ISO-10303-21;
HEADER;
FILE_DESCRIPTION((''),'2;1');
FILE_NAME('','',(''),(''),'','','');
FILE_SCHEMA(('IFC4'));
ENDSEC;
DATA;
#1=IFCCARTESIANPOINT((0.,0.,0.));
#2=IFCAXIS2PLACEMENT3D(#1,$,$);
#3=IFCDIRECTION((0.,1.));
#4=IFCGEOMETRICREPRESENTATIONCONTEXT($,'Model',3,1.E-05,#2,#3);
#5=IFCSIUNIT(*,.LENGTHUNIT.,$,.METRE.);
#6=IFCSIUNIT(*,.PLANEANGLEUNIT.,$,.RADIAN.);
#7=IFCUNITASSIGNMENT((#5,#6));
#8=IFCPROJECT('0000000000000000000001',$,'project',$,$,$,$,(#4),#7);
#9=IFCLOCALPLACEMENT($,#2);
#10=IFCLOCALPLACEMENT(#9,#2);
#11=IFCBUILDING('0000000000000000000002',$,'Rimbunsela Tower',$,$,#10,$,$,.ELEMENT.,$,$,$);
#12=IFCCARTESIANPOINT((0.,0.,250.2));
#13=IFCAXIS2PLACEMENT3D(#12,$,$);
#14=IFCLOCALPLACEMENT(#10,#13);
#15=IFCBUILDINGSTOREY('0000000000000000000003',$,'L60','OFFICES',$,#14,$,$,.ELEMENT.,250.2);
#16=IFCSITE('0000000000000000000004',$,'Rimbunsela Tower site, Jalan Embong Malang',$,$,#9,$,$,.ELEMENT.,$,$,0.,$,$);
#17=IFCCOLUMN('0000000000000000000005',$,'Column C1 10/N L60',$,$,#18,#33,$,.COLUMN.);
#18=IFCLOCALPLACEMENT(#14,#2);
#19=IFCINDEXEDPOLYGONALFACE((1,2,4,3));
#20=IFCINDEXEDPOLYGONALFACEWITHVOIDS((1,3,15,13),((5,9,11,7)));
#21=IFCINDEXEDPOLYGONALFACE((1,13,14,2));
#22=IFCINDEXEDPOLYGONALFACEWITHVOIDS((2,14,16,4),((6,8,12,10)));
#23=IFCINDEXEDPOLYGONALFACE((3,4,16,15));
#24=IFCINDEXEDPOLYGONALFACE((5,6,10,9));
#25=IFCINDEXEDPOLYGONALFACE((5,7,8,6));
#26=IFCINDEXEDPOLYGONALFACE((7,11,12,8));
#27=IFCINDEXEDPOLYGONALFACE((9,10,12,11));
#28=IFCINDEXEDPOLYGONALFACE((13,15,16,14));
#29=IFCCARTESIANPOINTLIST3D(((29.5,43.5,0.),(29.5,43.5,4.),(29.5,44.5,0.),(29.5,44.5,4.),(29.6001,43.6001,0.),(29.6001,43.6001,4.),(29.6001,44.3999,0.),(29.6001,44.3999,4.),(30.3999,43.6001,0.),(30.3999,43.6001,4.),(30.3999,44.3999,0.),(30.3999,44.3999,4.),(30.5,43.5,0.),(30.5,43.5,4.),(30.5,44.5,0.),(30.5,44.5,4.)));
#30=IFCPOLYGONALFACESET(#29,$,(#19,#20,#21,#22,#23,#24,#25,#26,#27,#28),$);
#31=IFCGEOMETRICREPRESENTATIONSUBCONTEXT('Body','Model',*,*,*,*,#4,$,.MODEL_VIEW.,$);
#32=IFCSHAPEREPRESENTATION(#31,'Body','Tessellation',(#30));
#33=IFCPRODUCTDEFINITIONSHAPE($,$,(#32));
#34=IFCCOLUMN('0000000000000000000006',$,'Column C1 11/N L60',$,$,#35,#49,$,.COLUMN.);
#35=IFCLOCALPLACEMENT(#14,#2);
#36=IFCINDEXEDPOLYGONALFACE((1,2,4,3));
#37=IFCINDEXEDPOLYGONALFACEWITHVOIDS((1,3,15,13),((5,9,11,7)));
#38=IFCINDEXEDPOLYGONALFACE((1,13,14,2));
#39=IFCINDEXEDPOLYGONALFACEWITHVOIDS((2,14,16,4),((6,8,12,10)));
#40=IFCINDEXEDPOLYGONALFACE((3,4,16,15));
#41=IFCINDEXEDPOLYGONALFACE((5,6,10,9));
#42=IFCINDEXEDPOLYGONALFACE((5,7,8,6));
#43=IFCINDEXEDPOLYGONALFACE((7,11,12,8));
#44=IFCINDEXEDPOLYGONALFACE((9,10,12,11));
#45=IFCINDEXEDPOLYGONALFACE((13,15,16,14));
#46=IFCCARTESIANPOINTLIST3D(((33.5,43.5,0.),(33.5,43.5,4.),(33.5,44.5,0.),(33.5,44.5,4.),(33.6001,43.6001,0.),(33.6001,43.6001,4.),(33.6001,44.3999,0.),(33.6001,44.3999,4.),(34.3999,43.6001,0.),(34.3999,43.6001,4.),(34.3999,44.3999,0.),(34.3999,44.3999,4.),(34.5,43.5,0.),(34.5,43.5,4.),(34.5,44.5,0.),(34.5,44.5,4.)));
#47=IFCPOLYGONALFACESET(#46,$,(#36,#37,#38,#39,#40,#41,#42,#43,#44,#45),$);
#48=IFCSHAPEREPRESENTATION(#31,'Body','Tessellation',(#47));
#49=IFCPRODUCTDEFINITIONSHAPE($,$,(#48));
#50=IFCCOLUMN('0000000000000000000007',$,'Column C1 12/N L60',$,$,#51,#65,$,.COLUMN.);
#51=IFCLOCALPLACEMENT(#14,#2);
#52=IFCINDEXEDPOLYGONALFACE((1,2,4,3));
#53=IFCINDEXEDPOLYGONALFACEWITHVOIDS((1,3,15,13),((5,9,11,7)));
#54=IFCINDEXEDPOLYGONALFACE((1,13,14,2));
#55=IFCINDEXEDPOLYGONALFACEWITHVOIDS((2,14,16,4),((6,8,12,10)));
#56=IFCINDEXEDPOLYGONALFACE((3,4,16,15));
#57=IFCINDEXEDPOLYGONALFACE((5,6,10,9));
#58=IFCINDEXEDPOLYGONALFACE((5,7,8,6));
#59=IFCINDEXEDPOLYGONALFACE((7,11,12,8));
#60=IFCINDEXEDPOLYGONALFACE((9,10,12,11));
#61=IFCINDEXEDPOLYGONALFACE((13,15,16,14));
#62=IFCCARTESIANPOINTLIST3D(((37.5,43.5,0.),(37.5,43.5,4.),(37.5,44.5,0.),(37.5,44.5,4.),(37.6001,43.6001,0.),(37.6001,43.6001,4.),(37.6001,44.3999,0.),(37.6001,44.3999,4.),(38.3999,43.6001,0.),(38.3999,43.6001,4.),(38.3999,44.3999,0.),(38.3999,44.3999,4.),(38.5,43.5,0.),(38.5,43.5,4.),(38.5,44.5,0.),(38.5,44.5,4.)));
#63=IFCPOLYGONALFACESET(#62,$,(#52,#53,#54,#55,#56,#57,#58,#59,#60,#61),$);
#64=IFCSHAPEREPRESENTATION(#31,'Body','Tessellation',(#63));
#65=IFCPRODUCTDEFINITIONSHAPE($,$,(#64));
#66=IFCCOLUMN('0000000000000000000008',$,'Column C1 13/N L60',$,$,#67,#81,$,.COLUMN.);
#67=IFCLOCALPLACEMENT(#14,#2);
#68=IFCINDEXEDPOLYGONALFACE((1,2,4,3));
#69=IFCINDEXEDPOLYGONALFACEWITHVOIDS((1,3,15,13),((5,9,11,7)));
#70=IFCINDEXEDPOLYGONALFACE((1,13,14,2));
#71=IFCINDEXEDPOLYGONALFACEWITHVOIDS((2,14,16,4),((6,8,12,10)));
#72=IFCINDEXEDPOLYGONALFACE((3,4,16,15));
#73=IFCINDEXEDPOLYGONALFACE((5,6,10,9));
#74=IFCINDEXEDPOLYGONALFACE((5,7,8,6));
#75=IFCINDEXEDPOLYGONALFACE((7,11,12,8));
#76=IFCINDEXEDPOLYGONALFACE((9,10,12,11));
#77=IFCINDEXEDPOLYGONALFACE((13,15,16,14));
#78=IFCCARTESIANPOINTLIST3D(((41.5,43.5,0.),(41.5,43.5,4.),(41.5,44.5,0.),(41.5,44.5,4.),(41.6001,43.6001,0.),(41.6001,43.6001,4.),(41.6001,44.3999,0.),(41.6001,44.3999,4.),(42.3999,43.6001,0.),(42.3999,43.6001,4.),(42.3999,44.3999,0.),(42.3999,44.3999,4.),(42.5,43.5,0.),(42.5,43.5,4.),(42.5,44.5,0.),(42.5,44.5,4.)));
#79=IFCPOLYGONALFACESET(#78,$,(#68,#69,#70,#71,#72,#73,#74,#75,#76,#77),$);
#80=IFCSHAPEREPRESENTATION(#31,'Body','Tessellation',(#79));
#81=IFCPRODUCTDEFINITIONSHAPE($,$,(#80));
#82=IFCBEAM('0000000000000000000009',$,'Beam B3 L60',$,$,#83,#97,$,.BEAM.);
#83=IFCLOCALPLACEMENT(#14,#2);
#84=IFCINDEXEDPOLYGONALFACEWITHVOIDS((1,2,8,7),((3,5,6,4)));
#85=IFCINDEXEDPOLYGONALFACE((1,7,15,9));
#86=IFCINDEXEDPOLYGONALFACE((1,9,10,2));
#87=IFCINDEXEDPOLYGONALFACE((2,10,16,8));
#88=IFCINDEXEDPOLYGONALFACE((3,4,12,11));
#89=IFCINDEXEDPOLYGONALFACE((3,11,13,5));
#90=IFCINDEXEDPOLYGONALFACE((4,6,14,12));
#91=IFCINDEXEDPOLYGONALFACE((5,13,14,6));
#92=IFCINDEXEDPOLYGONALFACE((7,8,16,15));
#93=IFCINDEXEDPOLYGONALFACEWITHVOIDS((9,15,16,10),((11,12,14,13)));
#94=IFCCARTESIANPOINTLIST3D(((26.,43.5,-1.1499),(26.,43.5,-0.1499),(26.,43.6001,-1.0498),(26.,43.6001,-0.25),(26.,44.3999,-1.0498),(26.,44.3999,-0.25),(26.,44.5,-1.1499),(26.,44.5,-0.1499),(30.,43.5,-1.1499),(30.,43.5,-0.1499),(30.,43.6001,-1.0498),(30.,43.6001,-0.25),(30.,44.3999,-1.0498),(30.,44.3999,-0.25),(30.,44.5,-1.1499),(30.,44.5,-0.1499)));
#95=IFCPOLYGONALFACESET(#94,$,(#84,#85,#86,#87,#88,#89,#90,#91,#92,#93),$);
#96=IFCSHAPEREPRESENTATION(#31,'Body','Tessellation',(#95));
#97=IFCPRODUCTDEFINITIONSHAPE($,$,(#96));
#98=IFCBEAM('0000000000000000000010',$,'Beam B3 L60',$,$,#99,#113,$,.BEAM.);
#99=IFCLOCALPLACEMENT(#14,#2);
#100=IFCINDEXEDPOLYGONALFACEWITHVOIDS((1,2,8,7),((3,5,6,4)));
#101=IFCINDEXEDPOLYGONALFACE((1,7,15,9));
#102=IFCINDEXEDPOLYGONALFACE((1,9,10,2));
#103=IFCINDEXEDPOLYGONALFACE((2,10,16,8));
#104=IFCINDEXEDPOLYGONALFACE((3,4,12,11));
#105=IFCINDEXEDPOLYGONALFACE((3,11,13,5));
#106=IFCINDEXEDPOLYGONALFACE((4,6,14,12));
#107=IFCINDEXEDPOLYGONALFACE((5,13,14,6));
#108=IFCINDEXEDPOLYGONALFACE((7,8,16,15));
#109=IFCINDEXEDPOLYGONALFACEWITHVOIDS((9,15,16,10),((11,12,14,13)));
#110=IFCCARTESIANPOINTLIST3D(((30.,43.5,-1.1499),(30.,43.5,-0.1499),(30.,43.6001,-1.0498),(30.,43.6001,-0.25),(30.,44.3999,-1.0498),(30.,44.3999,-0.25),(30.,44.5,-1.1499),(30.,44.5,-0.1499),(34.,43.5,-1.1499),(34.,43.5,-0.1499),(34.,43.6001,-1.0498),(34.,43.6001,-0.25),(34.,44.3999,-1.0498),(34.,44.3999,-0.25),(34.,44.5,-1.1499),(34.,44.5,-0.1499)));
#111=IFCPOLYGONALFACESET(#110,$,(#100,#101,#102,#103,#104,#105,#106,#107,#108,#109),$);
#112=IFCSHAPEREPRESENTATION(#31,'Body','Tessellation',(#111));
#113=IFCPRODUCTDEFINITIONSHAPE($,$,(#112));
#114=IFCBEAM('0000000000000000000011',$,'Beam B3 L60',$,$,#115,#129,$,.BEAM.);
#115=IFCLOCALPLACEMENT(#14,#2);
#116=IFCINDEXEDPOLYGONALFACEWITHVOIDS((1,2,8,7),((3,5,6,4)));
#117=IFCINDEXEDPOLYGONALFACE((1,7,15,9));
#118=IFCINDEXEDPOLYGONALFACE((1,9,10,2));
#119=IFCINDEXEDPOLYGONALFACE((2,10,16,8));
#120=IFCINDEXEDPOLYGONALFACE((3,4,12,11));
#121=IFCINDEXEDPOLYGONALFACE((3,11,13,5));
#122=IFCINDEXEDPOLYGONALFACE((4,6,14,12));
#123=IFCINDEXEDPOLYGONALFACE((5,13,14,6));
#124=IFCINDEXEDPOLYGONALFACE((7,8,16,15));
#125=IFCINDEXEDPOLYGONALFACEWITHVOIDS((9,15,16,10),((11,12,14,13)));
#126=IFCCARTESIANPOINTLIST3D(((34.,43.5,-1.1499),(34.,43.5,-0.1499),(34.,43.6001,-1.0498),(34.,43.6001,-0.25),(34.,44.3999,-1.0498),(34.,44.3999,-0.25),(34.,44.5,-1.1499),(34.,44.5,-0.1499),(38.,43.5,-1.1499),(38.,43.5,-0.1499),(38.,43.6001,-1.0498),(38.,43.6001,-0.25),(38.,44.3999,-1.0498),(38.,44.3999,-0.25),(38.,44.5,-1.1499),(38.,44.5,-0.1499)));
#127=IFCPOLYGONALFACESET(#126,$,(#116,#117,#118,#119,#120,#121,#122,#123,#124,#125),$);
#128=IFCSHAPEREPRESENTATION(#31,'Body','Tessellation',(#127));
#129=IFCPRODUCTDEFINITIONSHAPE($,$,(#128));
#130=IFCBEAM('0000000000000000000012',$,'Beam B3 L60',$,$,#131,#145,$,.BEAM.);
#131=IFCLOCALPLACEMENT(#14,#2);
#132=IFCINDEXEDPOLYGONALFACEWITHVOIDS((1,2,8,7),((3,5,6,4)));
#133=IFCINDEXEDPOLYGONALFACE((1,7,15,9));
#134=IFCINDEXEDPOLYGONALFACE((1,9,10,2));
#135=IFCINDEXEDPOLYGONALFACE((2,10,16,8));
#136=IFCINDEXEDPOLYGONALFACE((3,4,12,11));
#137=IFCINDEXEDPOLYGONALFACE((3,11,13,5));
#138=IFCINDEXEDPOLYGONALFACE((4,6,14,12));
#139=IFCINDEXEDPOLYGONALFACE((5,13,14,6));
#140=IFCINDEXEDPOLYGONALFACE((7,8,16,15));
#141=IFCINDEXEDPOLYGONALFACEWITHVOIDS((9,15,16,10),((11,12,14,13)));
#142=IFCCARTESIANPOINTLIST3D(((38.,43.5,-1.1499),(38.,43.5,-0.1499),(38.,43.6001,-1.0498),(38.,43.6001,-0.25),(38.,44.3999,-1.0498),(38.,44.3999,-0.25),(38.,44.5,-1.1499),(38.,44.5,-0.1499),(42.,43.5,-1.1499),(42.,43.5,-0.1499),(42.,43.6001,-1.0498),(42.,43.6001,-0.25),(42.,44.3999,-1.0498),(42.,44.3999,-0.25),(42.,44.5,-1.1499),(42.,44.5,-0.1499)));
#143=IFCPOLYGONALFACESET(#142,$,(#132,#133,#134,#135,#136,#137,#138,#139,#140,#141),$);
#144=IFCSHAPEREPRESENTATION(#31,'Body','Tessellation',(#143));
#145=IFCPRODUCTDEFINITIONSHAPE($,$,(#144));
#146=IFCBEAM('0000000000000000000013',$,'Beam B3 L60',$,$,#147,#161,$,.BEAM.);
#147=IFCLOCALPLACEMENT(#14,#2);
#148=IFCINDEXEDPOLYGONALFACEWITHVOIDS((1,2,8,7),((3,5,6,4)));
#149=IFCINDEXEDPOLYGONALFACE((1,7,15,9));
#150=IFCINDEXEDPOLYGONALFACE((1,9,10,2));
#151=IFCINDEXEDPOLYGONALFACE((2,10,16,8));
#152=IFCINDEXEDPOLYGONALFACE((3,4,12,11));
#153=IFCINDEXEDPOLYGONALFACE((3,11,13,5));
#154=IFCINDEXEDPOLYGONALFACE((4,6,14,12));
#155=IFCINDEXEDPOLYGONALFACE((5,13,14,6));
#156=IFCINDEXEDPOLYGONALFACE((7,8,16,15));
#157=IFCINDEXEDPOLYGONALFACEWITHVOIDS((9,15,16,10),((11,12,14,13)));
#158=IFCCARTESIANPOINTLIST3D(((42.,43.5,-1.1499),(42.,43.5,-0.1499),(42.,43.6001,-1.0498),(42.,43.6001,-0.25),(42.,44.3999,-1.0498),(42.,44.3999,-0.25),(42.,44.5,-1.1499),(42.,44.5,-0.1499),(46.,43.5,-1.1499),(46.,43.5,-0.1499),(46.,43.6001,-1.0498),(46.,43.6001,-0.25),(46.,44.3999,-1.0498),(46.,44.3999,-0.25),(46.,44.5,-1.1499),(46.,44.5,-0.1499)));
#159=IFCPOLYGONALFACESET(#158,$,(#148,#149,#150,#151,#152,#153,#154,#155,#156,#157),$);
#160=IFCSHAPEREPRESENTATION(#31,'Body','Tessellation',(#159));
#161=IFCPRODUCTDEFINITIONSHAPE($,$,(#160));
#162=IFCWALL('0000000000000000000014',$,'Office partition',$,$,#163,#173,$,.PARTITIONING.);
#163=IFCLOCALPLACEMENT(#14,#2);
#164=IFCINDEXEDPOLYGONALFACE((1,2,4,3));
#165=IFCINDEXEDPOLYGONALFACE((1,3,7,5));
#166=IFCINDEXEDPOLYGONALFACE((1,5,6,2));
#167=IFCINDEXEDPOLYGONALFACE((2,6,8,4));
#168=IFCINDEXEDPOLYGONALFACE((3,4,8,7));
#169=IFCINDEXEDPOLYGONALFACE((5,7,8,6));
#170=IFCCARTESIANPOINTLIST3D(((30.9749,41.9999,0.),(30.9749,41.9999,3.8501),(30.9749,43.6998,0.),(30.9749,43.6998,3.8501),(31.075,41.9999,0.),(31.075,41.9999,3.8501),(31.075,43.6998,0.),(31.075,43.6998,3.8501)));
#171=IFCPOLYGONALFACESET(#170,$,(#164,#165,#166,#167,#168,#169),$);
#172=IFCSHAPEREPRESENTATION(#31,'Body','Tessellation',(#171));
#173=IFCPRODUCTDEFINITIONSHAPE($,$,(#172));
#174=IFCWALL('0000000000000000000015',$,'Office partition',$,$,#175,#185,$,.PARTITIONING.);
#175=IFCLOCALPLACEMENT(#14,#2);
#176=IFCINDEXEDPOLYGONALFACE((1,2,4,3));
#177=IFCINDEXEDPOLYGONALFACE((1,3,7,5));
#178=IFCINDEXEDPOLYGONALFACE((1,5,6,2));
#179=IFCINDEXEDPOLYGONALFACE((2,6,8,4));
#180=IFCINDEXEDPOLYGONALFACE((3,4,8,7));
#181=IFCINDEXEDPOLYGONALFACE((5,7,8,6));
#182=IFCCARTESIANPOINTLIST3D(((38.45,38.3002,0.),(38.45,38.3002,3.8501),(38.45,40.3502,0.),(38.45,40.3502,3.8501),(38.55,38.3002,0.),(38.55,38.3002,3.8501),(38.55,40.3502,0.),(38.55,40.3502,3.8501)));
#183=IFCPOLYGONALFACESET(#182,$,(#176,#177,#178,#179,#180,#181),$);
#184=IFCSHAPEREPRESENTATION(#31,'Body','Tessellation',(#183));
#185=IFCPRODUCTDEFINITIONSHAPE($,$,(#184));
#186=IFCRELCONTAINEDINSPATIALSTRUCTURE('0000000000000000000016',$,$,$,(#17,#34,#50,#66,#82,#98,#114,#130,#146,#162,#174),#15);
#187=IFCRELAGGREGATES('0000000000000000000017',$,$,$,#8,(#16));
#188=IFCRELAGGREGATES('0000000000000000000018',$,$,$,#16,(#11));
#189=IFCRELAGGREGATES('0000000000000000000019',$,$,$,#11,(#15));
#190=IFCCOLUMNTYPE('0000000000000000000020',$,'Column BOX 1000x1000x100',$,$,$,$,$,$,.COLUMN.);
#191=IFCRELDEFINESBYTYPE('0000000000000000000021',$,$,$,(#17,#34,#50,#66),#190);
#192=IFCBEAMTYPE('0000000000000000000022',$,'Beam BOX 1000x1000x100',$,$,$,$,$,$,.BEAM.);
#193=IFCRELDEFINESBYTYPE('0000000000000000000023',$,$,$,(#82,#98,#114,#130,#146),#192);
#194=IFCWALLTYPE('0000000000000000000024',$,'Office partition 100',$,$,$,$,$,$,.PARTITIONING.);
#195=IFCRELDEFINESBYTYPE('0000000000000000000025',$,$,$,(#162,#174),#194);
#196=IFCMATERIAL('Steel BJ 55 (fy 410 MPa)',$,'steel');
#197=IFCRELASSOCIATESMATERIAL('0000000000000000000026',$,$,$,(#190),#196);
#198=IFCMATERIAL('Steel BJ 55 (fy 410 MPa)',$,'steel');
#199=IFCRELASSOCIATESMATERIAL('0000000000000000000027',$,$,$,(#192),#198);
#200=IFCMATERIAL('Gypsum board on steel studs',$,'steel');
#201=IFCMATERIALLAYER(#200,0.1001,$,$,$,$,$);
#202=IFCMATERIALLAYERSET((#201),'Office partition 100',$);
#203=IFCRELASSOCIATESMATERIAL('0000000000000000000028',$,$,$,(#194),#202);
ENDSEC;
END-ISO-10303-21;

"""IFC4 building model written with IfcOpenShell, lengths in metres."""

from ifc_helpers import new_model, si_unit, direction, frame, frame_2d, origin, origin_2d, place, context, subcontext, project, spatial, rectangle, hollow_rectangle, extrude, material, layer, layer_set, material_profile, profile_set, type_object, element, save


model = new_model("IFC4")

# Units and contexts
model_context = context("Model", 3, precision=1e-05, world=origin(), true_north=direction((0.0, 1.0)))
body_context = subcontext(model_context, "Body", "Model", "MODEL_VIEW")
ifc_project = project(units=[si_unit("LENGTHUNIT", "METRE"), si_unit("PLANEANGLEUNIT", "RADIAN")], contexts=[model_context])

# Site, building, storey
site_placement = place(None, origin())
site = spatial("IfcSite", under=ifc_project, at=site_placement, Name="Rimbunsela Tower site, Jalan Embong Malang", CompositionType="ELEMENT", RefElevation=0.0)
building_placement = place(site_placement, origin())
building = spatial("IfcBuilding", under=site, at=building_placement, Name="Rimbunsela Tower", CompositionType="ELEMENT")
storey_placement = place(building_placement, frame((0.0, 0.0, 250.2)))
storey = spatial("IfcBuildingStorey", under=building, at=storey_placement, Name="L60", Description="OFFICES", CompositionType="ELEMENT", Elevation=250.2)

# Columns
ifc_material_1 = material(Name="Steel BJ 55 (fy 410 MPa)", Category="steel")
ifc_material_profile_1 = material_profile(ifc_material_1, hollow_rectangle(XDim=1.0, YDim=1.0, WallThickness=0.1001, at=origin_2d()), Name="BOX 1000x1000x100")
ifc_profile_set_1 = profile_set([ifc_material_profile_1], Name="Steel BJ 55 (fy 410 MPa)")
column_type = type_object("IfcColumnType", Name="Column BOX 1000x1000x100", PredefinedType="COLUMN", material=ifc_profile_set_1)
for number, where, z_axis, x_axis, name in (
    (1, (30.0, 44.0, 0.0), (0.0, 0.0, 1.0), (1.0, 0.0, 0.0), "Column C1 10/N L60"),
    (2, (34.0, 44.0, 0.0), (0.0, 0.0, 1.0), (1.0, 0.0, 0.0), "Column C1 11/N L60"),
    (3, (38.0, 44.0, 0.0), (0.0, 0.0, 1.0), (1.0, 0.0, 0.0), "Column C1 12/N L60"),
    (4, (42.0, 44.0, 0.0), (0.0, 0.0, 1.0), (1.0, 0.0, 0.0), "Column C1 13/N L60"),
):
    element("IfcColumn", number, at=place(storey_placement, frame(where, z_axis=z_axis, x_axis=x_axis)), inside=storey, type_object=column_type, Name=name, PredefinedType="COLUMN", context=body_context, shape_type="SweptSolid", body=[
        extrude(hollow_rectangle(XDim=1.0, YDim=1.0, WallThickness=0.1001, at=origin_2d()), origin(), (0.0, 0.0, 1.0), 4.0),
    ])

# Beams
ifc_material_2 = material(Name="Steel BJ 55 (fy 410 MPa)", Category="steel")
ifc_material_profile_2 = material_profile(ifc_material_2, hollow_rectangle(XDim=1.0, YDim=1.0, WallThickness=0.1001, at=origin_2d()), Name="BOX 1000x1000x100")
ifc_profile_set_2 = profile_set([ifc_material_profile_2], Name="Steel BJ 55 (fy 410 MPa)")
beam_type = type_object("IfcBeamType", Name="Beam BOX 1000x1000x100", PredefinedType="BEAM", material=ifc_profile_set_2)
for number, where, z_axis, x_axis, name in (
    (5, (26.0, 44.0, -0.6499), (1.0, 0.0, 0.0), (0.0, 1.0, 0.0), "Beam B3 L60"),
    (6, (30.0, 44.0, -0.6499), (1.0, 0.0, 0.0), (0.0, 1.0, 0.0), "Beam B3 L60"),
    (7, (34.0, 44.0, -0.6499), (1.0, 0.0, 0.0), (0.0, 1.0, 0.0), "Beam B3 L60"),
    (8, (38.0, 44.0, -0.6499), (1.0, 0.0, 0.0), (0.0, 1.0, 0.0), "Beam B3 L60"),
    (9, (42.0, 44.0, -0.6499), (1.0, 0.0, 0.0), (0.0, 1.0, 0.0), "Beam B3 L60"),
):
    element("IfcBeam", number, at=place(storey_placement, frame(where, z_axis=z_axis, x_axis=x_axis)), inside=storey, type_object=beam_type, Name=name, PredefinedType="BEAM", context=body_context, shape_type="SweptSolid", body=[
        extrude(hollow_rectangle(XDim=1.0, YDim=1.0, WallThickness=0.1001, at=origin_2d()), origin(), (0.0, 0.0, 1.0), 4.0),
    ])

# Walls
ifc_material_3 = material(Name="Gypsum board on steel studs", Category="steel")
ifc_layer_1 = layer(ifc_material_3, 0.1001)
ifc_layer_set_1 = layer_set([ifc_layer_1], Name="Office partition 100")
wall_type_1 = type_object("IfcWallType", Name="Office partition 100", PredefinedType="PARTITIONING", material=ifc_layer_set_1)
wall_1_placement = place(storey_placement, frame((31.0249, 43.7, 0.0), z_axis=(0.0, 0.0, 1.0), x_axis=(0.0, -1.0, 0.0)))
element("IfcWall", 10, at=wall_1_placement, inside=storey, type_object=wall_type_1, Name="Office partition", PredefinedType="PARTITIONING", context=body_context, shape_type="SweptSolid", body=[
    extrude(rectangle(XDim=1.7, YDim=0.1001, at=frame_2d((0.8501, 0.0))), origin(), (0.0, 0.0, 1.0), 3.8501),
])
wall_2_placement = place(storey_placement, frame((38.5, 40.3501, 0.0), z_axis=(0.0, 0.0, 1.0), x_axis=(0.0, -1.0, 0.0)))
element("IfcWall", 11, at=wall_2_placement, inside=storey, type_object=wall_type_1, Name="Office partition", PredefinedType="PARTITIONING", context=body_context, shape_type="SweptSolid", body=[
    extrude(rectangle(XDim=2.05, YDim=0.1001, at=frame_2d((1.0249, 0.0))), origin(), (0.0, 0.0, 1.0), 3.8501),
])

save(model, "model.ifc")
